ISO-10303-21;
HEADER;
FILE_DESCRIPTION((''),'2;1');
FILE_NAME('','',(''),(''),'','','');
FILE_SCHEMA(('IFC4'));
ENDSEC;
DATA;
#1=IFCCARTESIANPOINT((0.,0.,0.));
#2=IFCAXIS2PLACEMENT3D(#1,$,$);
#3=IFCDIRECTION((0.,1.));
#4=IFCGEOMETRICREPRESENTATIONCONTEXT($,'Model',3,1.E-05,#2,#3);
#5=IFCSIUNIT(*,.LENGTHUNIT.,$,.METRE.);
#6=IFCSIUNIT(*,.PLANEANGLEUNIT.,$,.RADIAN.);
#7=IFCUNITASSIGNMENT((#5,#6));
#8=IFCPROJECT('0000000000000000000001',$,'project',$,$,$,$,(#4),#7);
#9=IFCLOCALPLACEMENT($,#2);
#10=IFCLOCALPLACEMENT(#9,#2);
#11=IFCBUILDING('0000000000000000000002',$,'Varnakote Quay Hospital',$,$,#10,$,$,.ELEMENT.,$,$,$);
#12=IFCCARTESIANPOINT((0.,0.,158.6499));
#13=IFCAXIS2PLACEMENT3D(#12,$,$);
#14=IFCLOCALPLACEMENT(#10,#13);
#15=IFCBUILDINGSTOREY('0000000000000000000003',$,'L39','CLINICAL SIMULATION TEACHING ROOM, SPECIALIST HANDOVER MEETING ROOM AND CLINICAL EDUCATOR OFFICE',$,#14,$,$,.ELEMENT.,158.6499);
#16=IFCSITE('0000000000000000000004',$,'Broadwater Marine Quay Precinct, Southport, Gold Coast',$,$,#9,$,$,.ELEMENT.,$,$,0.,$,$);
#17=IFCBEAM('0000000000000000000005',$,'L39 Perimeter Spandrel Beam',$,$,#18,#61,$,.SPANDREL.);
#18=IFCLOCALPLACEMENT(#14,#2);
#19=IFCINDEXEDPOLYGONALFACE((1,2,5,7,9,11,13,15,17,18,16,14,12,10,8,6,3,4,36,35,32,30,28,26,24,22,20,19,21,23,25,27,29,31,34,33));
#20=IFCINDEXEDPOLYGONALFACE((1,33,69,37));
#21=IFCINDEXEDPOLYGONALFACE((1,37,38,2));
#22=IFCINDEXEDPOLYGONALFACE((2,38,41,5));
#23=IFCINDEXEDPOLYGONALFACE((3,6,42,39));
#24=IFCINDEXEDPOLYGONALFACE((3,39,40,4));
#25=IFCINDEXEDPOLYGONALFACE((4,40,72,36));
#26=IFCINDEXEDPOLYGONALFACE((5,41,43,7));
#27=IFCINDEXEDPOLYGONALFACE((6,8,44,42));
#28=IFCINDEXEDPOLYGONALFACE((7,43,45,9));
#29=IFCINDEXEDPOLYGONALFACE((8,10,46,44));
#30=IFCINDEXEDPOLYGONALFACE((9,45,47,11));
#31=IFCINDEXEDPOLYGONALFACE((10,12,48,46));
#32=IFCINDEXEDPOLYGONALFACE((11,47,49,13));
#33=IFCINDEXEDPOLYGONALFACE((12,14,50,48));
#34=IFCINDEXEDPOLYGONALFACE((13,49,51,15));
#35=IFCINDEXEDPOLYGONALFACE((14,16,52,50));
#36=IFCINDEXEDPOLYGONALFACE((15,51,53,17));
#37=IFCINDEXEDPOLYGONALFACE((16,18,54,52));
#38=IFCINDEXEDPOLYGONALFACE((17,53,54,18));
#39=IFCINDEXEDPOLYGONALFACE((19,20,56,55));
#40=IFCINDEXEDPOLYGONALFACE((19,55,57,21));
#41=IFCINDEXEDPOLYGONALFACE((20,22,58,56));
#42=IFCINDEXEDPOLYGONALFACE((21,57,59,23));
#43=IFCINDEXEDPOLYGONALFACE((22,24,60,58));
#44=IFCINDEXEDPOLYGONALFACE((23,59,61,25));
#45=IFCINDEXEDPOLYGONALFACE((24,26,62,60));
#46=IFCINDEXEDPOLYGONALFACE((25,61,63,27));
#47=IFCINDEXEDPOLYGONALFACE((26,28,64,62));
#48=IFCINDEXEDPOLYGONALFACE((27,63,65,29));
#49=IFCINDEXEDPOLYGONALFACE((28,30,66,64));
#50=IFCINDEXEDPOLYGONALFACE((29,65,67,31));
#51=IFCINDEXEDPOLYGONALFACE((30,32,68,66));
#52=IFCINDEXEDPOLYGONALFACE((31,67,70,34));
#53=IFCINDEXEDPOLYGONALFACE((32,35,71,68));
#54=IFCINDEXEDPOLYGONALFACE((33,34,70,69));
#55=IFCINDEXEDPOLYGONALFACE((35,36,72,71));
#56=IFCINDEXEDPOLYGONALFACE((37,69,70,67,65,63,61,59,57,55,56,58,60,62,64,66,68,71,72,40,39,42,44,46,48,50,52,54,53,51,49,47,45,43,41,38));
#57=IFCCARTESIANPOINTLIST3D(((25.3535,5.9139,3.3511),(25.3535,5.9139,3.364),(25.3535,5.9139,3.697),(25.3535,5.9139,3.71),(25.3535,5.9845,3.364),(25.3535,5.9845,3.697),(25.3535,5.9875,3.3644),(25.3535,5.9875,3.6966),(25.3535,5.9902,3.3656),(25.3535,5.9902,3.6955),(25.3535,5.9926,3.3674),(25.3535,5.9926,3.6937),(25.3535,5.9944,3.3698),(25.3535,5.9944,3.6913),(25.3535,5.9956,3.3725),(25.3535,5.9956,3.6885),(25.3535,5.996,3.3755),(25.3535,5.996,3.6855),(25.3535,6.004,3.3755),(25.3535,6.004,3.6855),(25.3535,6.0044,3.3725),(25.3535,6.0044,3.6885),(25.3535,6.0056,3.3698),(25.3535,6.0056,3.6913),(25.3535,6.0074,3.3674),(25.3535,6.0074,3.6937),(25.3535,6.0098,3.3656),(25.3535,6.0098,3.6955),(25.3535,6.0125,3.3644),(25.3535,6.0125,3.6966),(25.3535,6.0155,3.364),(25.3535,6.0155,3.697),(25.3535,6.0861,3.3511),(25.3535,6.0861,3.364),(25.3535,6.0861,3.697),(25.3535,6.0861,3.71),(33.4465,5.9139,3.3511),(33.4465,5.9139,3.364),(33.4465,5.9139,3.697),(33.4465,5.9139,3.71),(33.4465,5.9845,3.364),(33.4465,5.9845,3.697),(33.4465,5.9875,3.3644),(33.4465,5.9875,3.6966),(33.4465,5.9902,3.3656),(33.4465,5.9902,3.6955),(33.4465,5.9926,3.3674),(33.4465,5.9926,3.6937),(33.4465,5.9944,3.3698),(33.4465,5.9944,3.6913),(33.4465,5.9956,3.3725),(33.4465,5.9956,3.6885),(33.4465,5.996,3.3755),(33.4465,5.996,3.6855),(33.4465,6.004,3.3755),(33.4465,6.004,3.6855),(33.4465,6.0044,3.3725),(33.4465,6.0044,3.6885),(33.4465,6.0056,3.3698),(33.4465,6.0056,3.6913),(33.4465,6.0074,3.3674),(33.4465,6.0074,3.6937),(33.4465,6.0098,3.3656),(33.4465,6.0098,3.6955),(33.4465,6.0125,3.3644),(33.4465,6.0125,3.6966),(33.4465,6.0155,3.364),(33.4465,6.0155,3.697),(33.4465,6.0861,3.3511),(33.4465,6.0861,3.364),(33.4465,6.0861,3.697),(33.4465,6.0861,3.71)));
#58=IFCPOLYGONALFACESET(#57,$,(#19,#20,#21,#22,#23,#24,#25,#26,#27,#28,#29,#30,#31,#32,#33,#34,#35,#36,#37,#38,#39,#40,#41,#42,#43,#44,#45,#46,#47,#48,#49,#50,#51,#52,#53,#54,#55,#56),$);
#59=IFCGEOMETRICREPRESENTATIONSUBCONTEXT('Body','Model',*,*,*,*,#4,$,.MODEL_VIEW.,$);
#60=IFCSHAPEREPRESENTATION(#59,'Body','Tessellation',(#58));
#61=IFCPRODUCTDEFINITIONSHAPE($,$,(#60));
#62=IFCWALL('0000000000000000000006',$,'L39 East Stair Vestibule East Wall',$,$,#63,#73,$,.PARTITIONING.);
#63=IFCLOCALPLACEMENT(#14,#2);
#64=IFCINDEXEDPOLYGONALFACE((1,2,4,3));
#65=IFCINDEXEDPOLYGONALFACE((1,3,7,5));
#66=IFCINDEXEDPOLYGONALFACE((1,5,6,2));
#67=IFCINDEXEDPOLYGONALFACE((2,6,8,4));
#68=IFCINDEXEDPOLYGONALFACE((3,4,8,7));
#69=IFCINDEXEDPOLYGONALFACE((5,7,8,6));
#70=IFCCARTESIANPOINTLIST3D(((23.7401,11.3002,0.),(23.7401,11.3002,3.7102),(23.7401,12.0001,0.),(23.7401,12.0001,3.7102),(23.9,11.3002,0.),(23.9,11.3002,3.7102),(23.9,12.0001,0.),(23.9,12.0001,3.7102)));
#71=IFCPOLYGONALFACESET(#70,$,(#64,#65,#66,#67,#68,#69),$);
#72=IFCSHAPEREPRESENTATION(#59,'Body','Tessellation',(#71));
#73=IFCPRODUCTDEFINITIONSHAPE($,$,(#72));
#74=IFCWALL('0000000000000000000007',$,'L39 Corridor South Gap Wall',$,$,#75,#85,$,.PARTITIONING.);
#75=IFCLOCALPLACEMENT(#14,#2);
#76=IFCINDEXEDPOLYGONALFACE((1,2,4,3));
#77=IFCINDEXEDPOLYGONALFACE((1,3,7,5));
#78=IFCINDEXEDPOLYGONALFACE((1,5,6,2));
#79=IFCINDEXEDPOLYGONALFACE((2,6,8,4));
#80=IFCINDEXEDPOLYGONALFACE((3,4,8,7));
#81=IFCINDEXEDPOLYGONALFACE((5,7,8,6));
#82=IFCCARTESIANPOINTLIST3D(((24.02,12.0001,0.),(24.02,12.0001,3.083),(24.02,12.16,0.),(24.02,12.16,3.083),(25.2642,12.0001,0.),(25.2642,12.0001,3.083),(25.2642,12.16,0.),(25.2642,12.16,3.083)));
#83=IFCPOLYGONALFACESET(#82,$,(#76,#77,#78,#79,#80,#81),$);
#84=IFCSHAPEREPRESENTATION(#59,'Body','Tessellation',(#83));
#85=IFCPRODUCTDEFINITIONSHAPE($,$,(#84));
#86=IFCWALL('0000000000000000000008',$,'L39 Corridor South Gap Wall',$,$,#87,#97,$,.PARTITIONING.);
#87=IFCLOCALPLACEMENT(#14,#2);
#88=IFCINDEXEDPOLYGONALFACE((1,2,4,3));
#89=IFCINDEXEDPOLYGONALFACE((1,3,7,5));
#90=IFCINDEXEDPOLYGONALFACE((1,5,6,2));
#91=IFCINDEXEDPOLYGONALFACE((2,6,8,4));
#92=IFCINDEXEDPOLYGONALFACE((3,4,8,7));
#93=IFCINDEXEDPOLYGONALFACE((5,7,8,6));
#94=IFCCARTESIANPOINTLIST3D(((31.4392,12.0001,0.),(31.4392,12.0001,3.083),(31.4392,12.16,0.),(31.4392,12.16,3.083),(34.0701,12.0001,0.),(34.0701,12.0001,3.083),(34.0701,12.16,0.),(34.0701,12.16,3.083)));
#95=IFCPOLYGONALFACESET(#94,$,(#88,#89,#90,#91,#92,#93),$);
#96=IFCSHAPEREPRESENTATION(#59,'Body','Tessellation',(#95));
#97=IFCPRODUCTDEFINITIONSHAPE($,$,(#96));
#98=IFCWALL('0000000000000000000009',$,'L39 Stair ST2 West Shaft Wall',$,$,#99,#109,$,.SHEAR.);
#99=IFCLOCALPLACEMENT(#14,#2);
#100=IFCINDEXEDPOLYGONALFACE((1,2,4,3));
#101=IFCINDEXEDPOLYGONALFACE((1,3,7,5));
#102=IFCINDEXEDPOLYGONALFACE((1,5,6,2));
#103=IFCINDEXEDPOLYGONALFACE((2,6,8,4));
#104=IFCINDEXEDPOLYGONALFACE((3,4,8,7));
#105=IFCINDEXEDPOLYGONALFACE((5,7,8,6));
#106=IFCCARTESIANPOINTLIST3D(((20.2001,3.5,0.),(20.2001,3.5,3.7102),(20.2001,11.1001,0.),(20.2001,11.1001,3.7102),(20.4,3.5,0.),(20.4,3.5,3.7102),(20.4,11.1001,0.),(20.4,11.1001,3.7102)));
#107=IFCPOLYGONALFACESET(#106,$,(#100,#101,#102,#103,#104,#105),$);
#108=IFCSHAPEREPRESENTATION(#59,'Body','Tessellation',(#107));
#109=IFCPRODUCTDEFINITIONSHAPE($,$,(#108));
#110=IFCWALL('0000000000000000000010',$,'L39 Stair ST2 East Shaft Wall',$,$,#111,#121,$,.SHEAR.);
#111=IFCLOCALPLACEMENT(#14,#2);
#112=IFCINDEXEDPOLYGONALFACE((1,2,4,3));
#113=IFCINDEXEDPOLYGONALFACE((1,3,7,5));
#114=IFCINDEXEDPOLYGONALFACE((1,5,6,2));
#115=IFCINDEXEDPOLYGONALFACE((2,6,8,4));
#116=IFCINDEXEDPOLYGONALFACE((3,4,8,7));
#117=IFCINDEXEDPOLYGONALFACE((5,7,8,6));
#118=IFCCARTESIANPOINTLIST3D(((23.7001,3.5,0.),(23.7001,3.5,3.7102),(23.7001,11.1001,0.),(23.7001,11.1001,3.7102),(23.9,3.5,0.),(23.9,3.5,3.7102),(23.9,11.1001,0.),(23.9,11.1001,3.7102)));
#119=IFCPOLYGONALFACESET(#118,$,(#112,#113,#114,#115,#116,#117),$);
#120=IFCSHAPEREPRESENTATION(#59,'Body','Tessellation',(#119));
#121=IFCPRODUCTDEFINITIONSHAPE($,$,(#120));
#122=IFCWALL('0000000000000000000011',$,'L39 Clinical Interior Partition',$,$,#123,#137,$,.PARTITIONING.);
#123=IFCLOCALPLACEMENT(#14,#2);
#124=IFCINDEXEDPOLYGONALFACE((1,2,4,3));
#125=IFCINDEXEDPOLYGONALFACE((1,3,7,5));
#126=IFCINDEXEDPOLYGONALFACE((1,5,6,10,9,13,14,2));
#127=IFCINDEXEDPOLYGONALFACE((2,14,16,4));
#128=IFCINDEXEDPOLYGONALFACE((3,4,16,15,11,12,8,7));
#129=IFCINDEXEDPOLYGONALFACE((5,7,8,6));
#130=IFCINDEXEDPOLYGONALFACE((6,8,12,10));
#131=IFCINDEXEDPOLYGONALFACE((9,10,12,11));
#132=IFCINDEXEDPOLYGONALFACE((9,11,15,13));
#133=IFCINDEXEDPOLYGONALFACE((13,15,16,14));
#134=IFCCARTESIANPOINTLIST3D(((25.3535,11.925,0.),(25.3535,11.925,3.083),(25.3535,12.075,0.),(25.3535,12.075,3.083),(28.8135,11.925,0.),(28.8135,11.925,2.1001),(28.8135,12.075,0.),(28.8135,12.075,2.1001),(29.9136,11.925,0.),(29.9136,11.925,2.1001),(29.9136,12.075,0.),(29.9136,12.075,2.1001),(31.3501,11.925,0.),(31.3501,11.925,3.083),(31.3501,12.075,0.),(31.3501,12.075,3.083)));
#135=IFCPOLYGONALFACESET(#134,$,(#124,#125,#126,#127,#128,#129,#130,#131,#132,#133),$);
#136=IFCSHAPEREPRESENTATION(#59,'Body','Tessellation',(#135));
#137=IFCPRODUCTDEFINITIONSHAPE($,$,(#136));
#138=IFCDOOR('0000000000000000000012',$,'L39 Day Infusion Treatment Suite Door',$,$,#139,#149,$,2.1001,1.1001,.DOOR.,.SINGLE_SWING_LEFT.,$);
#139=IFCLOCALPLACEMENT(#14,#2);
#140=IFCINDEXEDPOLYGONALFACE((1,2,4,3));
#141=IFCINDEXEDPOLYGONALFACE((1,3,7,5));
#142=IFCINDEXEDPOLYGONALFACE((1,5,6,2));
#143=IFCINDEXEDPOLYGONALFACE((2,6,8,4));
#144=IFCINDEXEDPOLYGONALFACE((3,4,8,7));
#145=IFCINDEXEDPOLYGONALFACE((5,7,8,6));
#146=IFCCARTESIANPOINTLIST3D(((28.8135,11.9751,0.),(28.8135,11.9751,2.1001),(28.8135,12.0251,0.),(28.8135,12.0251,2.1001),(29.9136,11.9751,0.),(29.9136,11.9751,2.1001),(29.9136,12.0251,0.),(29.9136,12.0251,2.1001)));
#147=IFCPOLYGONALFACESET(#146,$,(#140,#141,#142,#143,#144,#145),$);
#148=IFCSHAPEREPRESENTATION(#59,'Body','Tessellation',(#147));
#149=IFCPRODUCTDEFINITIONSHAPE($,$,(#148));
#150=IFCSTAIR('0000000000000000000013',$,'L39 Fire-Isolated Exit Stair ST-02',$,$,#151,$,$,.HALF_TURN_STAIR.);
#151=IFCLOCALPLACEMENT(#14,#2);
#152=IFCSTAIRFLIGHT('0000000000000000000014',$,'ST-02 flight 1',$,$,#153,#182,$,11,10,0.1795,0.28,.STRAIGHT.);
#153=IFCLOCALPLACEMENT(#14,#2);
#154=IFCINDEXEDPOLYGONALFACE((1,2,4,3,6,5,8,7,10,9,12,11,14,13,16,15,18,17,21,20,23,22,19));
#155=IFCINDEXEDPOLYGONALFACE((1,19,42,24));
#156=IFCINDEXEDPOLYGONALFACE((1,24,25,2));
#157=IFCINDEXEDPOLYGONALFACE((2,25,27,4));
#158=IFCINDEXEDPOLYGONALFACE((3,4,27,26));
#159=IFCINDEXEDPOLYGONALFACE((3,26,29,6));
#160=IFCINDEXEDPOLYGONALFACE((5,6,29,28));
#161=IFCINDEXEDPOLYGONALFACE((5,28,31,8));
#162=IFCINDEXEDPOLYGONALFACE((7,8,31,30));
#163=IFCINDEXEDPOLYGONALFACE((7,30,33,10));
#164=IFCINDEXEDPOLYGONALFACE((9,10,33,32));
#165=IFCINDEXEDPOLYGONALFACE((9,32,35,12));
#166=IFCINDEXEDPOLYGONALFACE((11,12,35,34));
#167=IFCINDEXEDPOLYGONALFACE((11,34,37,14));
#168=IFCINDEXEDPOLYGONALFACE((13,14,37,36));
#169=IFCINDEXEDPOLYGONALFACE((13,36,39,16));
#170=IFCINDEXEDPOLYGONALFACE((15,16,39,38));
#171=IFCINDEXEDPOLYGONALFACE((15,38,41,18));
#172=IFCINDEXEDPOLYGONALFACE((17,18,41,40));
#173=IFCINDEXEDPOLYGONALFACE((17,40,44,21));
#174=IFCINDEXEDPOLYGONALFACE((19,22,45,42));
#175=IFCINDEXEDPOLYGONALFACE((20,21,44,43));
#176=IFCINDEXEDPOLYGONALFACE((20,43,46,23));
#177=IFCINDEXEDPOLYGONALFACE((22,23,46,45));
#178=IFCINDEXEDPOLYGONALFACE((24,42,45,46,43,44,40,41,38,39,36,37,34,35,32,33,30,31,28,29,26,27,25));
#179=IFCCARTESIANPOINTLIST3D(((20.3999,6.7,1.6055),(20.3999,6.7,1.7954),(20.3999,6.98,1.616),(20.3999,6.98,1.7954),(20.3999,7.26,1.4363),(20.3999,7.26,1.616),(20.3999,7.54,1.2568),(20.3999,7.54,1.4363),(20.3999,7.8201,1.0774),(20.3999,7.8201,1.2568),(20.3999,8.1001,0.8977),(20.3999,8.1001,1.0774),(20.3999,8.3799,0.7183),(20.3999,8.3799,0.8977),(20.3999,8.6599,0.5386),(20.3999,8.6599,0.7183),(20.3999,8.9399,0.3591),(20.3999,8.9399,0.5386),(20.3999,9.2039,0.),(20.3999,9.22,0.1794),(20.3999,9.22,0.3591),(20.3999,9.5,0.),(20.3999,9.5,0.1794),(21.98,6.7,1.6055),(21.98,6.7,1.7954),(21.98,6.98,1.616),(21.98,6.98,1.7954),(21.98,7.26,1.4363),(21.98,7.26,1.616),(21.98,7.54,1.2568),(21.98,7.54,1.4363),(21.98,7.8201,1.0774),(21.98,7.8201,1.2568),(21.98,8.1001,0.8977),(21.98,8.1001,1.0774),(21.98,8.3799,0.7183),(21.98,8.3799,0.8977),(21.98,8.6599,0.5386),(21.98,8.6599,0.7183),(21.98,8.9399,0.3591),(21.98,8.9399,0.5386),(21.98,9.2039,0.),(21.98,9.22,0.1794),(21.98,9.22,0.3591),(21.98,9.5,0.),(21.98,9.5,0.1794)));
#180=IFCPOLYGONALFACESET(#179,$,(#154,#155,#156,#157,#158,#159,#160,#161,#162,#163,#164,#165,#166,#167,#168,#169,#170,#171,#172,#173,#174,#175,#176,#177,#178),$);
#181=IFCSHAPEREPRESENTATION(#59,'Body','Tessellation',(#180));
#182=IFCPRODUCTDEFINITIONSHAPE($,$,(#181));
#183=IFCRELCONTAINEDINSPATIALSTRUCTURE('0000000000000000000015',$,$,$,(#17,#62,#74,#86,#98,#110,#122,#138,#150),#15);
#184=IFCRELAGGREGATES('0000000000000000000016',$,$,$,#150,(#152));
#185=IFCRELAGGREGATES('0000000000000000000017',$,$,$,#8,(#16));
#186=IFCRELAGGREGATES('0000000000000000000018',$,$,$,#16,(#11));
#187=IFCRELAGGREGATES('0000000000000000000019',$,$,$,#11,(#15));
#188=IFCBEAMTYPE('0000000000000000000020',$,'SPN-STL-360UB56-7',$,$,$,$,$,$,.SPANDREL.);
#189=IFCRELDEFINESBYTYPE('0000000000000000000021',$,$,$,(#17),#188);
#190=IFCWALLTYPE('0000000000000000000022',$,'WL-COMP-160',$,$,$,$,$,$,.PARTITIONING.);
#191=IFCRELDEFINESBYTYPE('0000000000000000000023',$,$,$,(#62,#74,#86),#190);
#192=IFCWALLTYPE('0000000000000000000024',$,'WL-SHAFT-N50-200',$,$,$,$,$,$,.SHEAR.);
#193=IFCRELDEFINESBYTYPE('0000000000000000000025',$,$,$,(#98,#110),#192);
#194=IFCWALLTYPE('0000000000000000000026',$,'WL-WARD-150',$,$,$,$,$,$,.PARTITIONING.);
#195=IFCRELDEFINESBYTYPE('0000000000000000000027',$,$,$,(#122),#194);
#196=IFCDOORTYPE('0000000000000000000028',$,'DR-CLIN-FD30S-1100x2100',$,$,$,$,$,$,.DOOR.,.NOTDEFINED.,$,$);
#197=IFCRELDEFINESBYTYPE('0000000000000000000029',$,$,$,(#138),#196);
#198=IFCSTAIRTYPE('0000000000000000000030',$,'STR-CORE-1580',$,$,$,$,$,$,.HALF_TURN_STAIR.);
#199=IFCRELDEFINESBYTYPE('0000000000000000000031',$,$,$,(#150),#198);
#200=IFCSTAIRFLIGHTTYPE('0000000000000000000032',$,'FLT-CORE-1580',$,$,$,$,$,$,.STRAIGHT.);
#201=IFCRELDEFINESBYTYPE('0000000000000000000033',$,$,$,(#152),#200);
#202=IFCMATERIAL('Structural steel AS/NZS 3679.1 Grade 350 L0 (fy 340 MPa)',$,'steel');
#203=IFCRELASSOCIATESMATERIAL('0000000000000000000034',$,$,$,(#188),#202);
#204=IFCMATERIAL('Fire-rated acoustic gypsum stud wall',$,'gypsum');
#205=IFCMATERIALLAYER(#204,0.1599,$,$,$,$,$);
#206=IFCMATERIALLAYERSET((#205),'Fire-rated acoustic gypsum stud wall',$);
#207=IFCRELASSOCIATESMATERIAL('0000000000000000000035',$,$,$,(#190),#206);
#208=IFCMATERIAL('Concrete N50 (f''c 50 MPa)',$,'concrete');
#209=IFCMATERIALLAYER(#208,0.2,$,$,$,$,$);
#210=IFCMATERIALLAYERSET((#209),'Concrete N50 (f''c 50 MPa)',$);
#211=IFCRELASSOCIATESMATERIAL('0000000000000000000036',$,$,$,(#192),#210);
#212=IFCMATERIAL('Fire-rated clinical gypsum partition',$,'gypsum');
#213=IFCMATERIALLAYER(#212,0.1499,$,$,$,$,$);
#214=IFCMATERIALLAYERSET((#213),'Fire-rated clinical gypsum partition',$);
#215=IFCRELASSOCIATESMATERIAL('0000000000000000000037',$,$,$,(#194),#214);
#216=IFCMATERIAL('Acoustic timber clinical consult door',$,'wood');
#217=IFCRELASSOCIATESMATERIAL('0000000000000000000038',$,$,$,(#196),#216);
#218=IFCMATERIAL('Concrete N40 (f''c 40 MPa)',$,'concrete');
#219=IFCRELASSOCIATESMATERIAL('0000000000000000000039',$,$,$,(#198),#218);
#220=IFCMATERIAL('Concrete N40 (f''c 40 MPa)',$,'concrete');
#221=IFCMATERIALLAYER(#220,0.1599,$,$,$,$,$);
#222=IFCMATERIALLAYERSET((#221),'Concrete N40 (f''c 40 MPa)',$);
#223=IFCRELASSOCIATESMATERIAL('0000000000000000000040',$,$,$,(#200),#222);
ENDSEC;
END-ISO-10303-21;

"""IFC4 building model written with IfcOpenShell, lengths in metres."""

from ifc_helpers import new_model, si_unit, direction, frame, frame_2d, origin, origin_2d, place, context, subcontext, project, spatial, polyline, rectangle, i_section, outline, extrude, material, layer, layer_set, material_profile, profile_set, type_object, element, fill, aggregate, save


model = new_model("IFC4")

# Units and contexts
model_context = context("Model", 3, precision=1e-05, world=origin(), true_north=direction((0.0, 1.0)))
body_context = subcontext(model_context, "Body", "Model", "MODEL_VIEW")
ifc_project = project(units=[si_unit("LENGTHUNIT", "METRE"), si_unit("PLANEANGLEUNIT", "RADIAN")], contexts=[model_context])

# Site, building, storey
site_placement = place(None, origin())
site = spatial("IfcSite", under=ifc_project, at=site_placement, Name="Broadwater Marine Quay Precinct, Southport, Gold Coast", CompositionType="ELEMENT", RefElevation=0.0)
building_placement = place(site_placement, origin())
building = spatial("IfcBuilding", under=site, at=building_placement, Name="Varnakote Quay Hospital", CompositionType="ELEMENT")
storey_placement = place(building_placement, frame((0.0, 0.0, 158.6499)))
storey = spatial("IfcBuildingStorey", under=building, at=storey_placement, Name="L39", Description="CLINICAL SIMULATION TEACHING ROOM, SPECIALIST HANDOVER MEETING ROOM AND CLINICAL EDUCATOR OFFICE", CompositionType="ELEMENT", Elevation=158.6499)

# Beam
ifc_material_1 = material(Name="Structural steel AS/NZS 3679.1 Grade 350 L0 (fy 340 MPa)", Category="steel")
ifc_material_profile_1 = material_profile(ifc_material_1, i_section(OverallWidth=0.1721, OverallDepth=0.3589, WebThickness=0.0081, FlangeThickness=0.0129, FilletRadius=0.0115, at=origin_2d()), Name="360UB56.7")
ifc_profile_set_1 = profile_set([ifc_material_profile_1], Name="Structural steel AS/NZS 3679.1 Grade 350 L0 (fy 340 MPa)")
beam_type_1 = type_object("IfcBeamType", Name="SPN-STL-360UB56-7", PredefinedType="SPANDREL", material=ifc_profile_set_1)
beam_1_placement = place(storey_placement, frame((25.3535, 6.0, 3.5305), z_axis=(1.0, 0.0, 0.0), x_axis=(0.0, 1.0, 0.0)))
element("IfcBeam", 1, at=beam_1_placement, inside=storey, type_object=beam_type_1, Name="L39 Perimeter Spandrel Beam", PredefinedType="SPANDREL", context=body_context, shape_type="SweptSolid", body=[
    extrude(i_section(OverallWidth=0.1721, OverallDepth=0.3589, WebThickness=0.0081, FlangeThickness=0.0129, FilletRadius=0.0115, at=origin_2d()), origin(), (0.0, 0.0, 1.0), 8.093),
])

# Walls
ifc_material_2 = material(Name="Fire-rated acoustic gypsum stud wall", Category="gypsum")
ifc_layer_1 = layer(ifc_material_2, 0.1599)
ifc_layer_set_1 = layer_set([ifc_layer_1], Name="Fire-rated acoustic gypsum stud wall")
wall_type_1 = type_object("IfcWallType", Name="WL-COMP-160", PredefinedType="PARTITIONING", material=ifc_layer_set_1)
wall_1_placement = place(storey_placement, frame((23.8201, 11.3, 0.0), z_axis=(0.0, 0.0, 1.0), x_axis=(0.0, 1.0, 0.0)))
element("IfcWall", 2, at=wall_1_placement, inside=storey, type_object=wall_type_1, Name="L39 East Stair Vestibule East Wall", PredefinedType="PARTITIONING", context=body_context, shape_type="SweptSolid", body=[
    extrude(rectangle(XDim=0.7, YDim=0.1599, at=frame_2d((0.3501, 0.0))), origin(), (0.0, 0.0, 1.0), 3.7102),
])
wall_2_placement = place(storey_placement, frame((24.02, 12.0801, 0.0), z_axis=(0.0, 0.0, 1.0), x_axis=(1.0, 0.0, 0.0)))
element("IfcWall", 3, at=wall_2_placement, inside=storey, type_object=wall_type_1, Name="L39 Corridor South Gap Wall", PredefinedType="PARTITIONING", context=body_context, shape_type="SweptSolid", body=[
    extrude(rectangle(XDim=1.2441, YDim=0.1599, at=frame_2d((0.6221, 0.0))), origin(), (0.0, 0.0, 1.0), 3.083),
])
wall_3_placement = place(storey_placement, frame((31.4392, 12.0801, 0.0), z_axis=(0.0, 0.0, 1.0), x_axis=(1.0, 0.0, 0.0)))
element("IfcWall", 4, at=wall_3_placement, inside=storey, type_object=wall_type_1, Name="L39 Corridor South Gap Wall", PredefinedType="PARTITIONING", context=body_context, shape_type="SweptSolid", body=[
    extrude(rectangle(XDim=2.6309, YDim=0.1599, at=frame_2d((1.3154, 0.0))), origin(), (0.0, 0.0, 1.0), 3.083),
])
ifc_material_3 = material(Name="Concrete N50 (f'c 50 MPa)", Category="concrete")
ifc_layer_2 = layer(ifc_material_3, 0.2)
ifc_layer_set_2 = layer_set([ifc_layer_2], Name="Concrete N50 (f'c 50 MPa)")
wall_type_2 = type_object("IfcWallType", Name="WL-SHAFT-N50-200", PredefinedType="SHEAR", material=ifc_layer_set_2)
for number, where, z_axis, x_axis, name in (
    (5, (20.3, 3.5, 0.0), (0.0, 0.0, 1.0), (0.0, 1.0, 0.0), "L39 Stair ST2 West Shaft Wall"),
    (6, (23.8, 3.5, 0.0), (0.0, 0.0, 1.0), (0.0, 1.0, 0.0), "L39 Stair ST2 East Shaft Wall"),
):
    element("IfcWall", number, at=place(storey_placement, frame(where, z_axis=z_axis, x_axis=x_axis)), inside=storey, type_object=wall_type_2, Name=name, PredefinedType="SHEAR", context=body_context, shape_type="SweptSolid", body=[
        extrude(rectangle(XDim=7.6001, YDim=0.2, at=frame_2d((3.8, 0.0))), origin(), (0.0, 0.0, 1.0), 3.7102),
    ])

# Wall, opening, door
ifc_material_4 = material(Name="Fire-rated clinical gypsum partition", Category="gypsum")
ifc_layer_3 = layer(ifc_material_4, 0.1499)
ifc_layer_set_3 = layer_set([ifc_layer_3], Name="Fire-rated clinical gypsum partition")
wall_type_3 = type_object("IfcWallType", Name="WL-WARD-150", PredefinedType="PARTITIONING", material=ifc_layer_set_3)
wall_4_placement = place(storey_placement, frame((31.3501, 12.0, 0.0), z_axis=(0.0, 0.0, 1.0), x_axis=(-1.0, 0.0, 0.0)))
wall_4 = element("IfcWall", 7, at=wall_4_placement, inside=storey, type_object=wall_type_3, Name="L39 Clinical Interior Partition", PredefinedType="PARTITIONING", context=body_context, shape_type="SweptSolid", body=[
    extrude(rectangle(XDim=5.9966, YDim=0.1499, at=frame_2d((2.9983, 0.0))), origin(), (0.0, 0.0, 1.0), 3.083),
])
opening_placement = place(wall_4_placement, frame((1.4365, 0.0, 0.0)))
opening = element("IfcOpeningElement", 8, at=opening_placement, cuts=wall_4, PredefinedType="OPENING", context=body_context, shape_type="SweptSolid", body=[
    extrude(rectangle(XDim=1.1001, YDim=2.1001, at=frame_2d((0.55, 1.05))), frame((0.0, 0.085, 0.0), z_axis=(0.0, -1.0, 0.0), x_axis=(1.0, 0.0, 0.0)), (0.0, 0.0, 1.0), 0.1699),
])
ifc_material_5 = material(Name="Acoustic timber clinical consult door", Category="wood")
door_type = type_object("IfcDoorType", Name="DR-CLIN-FD30S-1100x2100", OperationType="NOTDEFINED", PredefinedType="DOOR", material=ifc_material_5)
door_placement = place(opening_placement, origin())
door = element("IfcDoor", 9, at=door_placement, inside=storey, type_object=door_type, Name="L39 Day Infusion Treatment Suite Door", OperationType="SINGLE_SWING_LEFT", OverallHeight=2.1001, OverallWidth=1.1001, PredefinedType="DOOR", context=body_context, shape_type="SweptSolid", body=[
    extrude(rectangle(XDim=1.1001, YDim=2.1001, at=frame_2d((0.55, 1.05))), frame((0.0, 0.0249, 0.0), z_axis=(0.0, -1.0, 0.0), x_axis=(1.0, 0.0, 0.0)), (0.0, 0.0, 1.0), 0.05),
])
fill(opening, door)

# Stair, stair flight
ifc_material_6 = material(Name="Concrete N40 (f'c 40 MPa)", Category="concrete")
stair_type = type_object("IfcStairType", Name="STR-CORE-1580", PredefinedType="HALF_TURN_STAIR", material=ifc_material_6)
stair_placement = place(storey_placement, origin())
stair = element("IfcStair", 10, at=stair_placement, inside=storey, type_object=stair_type, Name="L39 Fire-Isolated Exit Stair ST-02", PredefinedType="HALF_TURN_STAIR")
ifc_material_7 = material(Name="Concrete N40 (f'c 40 MPa)", Category="concrete")
ifc_layer_4 = layer(ifc_material_7, 0.1599)
ifc_layer_set_4 = layer_set([ifc_layer_4], Name="Concrete N40 (f'c 40 MPa)")
stair_flight_type = type_object("IfcStairFlightType", Name="FLT-CORE-1580", PredefinedType="STRAIGHT", material=ifc_layer_set_4)
stair_flight_1_placement = place(storey_placement, frame((21.1899, 9.5, 0.0), z_axis=(0.0, 0.0, 1.0), x_axis=(0.0, -1.0, 0.0)))
stair_flight_1 = element("IfcStairFlight", 11, at=stair_flight_1_placement, type_object=stair_flight_type, Name="ST-02 flight 1", NumberOfRisers=11, NumberOfTreads=10, PredefinedType="STRAIGHT", RiserHeight=0.1795, TreadLength=0.28, context=body_context, shape_type="SweptSolid", body=[
    extrude(outline(polyline([(0.0, 0.0), (0.0, 0.1794), (0.28, 0.1794), (0.28, 0.3591), (0.5601, 0.3591), (0.5601, 0.5386), (0.8401, 0.5386), (0.8401, 0.7183), (1.1201, 0.7183), (1.1201, 0.8977), (1.3999, 0.8977), (1.3999, 1.0774), (1.6799, 1.0774), (1.6799, 1.2568), (1.96, 1.2568), (1.96, 1.4363), (2.24, 1.4363), (2.24, 1.616), (2.52, 1.616), (2.52, 1.7954), (2.8, 1.7954), (2.8, 1.9751), (2.8, 1.6055), (0.2961, 0.0), (0.0, 0.0)])), frame((0.0, 0.79, 0.0), z_axis=(0.0, -1.0, 0.0), x_axis=(1.0, 0.0, 0.0)), (0.0, 0.0, 1.0), 1.5801),
])
aggregate(stair, [stair_flight_1])

save(model, "model.ifc")
